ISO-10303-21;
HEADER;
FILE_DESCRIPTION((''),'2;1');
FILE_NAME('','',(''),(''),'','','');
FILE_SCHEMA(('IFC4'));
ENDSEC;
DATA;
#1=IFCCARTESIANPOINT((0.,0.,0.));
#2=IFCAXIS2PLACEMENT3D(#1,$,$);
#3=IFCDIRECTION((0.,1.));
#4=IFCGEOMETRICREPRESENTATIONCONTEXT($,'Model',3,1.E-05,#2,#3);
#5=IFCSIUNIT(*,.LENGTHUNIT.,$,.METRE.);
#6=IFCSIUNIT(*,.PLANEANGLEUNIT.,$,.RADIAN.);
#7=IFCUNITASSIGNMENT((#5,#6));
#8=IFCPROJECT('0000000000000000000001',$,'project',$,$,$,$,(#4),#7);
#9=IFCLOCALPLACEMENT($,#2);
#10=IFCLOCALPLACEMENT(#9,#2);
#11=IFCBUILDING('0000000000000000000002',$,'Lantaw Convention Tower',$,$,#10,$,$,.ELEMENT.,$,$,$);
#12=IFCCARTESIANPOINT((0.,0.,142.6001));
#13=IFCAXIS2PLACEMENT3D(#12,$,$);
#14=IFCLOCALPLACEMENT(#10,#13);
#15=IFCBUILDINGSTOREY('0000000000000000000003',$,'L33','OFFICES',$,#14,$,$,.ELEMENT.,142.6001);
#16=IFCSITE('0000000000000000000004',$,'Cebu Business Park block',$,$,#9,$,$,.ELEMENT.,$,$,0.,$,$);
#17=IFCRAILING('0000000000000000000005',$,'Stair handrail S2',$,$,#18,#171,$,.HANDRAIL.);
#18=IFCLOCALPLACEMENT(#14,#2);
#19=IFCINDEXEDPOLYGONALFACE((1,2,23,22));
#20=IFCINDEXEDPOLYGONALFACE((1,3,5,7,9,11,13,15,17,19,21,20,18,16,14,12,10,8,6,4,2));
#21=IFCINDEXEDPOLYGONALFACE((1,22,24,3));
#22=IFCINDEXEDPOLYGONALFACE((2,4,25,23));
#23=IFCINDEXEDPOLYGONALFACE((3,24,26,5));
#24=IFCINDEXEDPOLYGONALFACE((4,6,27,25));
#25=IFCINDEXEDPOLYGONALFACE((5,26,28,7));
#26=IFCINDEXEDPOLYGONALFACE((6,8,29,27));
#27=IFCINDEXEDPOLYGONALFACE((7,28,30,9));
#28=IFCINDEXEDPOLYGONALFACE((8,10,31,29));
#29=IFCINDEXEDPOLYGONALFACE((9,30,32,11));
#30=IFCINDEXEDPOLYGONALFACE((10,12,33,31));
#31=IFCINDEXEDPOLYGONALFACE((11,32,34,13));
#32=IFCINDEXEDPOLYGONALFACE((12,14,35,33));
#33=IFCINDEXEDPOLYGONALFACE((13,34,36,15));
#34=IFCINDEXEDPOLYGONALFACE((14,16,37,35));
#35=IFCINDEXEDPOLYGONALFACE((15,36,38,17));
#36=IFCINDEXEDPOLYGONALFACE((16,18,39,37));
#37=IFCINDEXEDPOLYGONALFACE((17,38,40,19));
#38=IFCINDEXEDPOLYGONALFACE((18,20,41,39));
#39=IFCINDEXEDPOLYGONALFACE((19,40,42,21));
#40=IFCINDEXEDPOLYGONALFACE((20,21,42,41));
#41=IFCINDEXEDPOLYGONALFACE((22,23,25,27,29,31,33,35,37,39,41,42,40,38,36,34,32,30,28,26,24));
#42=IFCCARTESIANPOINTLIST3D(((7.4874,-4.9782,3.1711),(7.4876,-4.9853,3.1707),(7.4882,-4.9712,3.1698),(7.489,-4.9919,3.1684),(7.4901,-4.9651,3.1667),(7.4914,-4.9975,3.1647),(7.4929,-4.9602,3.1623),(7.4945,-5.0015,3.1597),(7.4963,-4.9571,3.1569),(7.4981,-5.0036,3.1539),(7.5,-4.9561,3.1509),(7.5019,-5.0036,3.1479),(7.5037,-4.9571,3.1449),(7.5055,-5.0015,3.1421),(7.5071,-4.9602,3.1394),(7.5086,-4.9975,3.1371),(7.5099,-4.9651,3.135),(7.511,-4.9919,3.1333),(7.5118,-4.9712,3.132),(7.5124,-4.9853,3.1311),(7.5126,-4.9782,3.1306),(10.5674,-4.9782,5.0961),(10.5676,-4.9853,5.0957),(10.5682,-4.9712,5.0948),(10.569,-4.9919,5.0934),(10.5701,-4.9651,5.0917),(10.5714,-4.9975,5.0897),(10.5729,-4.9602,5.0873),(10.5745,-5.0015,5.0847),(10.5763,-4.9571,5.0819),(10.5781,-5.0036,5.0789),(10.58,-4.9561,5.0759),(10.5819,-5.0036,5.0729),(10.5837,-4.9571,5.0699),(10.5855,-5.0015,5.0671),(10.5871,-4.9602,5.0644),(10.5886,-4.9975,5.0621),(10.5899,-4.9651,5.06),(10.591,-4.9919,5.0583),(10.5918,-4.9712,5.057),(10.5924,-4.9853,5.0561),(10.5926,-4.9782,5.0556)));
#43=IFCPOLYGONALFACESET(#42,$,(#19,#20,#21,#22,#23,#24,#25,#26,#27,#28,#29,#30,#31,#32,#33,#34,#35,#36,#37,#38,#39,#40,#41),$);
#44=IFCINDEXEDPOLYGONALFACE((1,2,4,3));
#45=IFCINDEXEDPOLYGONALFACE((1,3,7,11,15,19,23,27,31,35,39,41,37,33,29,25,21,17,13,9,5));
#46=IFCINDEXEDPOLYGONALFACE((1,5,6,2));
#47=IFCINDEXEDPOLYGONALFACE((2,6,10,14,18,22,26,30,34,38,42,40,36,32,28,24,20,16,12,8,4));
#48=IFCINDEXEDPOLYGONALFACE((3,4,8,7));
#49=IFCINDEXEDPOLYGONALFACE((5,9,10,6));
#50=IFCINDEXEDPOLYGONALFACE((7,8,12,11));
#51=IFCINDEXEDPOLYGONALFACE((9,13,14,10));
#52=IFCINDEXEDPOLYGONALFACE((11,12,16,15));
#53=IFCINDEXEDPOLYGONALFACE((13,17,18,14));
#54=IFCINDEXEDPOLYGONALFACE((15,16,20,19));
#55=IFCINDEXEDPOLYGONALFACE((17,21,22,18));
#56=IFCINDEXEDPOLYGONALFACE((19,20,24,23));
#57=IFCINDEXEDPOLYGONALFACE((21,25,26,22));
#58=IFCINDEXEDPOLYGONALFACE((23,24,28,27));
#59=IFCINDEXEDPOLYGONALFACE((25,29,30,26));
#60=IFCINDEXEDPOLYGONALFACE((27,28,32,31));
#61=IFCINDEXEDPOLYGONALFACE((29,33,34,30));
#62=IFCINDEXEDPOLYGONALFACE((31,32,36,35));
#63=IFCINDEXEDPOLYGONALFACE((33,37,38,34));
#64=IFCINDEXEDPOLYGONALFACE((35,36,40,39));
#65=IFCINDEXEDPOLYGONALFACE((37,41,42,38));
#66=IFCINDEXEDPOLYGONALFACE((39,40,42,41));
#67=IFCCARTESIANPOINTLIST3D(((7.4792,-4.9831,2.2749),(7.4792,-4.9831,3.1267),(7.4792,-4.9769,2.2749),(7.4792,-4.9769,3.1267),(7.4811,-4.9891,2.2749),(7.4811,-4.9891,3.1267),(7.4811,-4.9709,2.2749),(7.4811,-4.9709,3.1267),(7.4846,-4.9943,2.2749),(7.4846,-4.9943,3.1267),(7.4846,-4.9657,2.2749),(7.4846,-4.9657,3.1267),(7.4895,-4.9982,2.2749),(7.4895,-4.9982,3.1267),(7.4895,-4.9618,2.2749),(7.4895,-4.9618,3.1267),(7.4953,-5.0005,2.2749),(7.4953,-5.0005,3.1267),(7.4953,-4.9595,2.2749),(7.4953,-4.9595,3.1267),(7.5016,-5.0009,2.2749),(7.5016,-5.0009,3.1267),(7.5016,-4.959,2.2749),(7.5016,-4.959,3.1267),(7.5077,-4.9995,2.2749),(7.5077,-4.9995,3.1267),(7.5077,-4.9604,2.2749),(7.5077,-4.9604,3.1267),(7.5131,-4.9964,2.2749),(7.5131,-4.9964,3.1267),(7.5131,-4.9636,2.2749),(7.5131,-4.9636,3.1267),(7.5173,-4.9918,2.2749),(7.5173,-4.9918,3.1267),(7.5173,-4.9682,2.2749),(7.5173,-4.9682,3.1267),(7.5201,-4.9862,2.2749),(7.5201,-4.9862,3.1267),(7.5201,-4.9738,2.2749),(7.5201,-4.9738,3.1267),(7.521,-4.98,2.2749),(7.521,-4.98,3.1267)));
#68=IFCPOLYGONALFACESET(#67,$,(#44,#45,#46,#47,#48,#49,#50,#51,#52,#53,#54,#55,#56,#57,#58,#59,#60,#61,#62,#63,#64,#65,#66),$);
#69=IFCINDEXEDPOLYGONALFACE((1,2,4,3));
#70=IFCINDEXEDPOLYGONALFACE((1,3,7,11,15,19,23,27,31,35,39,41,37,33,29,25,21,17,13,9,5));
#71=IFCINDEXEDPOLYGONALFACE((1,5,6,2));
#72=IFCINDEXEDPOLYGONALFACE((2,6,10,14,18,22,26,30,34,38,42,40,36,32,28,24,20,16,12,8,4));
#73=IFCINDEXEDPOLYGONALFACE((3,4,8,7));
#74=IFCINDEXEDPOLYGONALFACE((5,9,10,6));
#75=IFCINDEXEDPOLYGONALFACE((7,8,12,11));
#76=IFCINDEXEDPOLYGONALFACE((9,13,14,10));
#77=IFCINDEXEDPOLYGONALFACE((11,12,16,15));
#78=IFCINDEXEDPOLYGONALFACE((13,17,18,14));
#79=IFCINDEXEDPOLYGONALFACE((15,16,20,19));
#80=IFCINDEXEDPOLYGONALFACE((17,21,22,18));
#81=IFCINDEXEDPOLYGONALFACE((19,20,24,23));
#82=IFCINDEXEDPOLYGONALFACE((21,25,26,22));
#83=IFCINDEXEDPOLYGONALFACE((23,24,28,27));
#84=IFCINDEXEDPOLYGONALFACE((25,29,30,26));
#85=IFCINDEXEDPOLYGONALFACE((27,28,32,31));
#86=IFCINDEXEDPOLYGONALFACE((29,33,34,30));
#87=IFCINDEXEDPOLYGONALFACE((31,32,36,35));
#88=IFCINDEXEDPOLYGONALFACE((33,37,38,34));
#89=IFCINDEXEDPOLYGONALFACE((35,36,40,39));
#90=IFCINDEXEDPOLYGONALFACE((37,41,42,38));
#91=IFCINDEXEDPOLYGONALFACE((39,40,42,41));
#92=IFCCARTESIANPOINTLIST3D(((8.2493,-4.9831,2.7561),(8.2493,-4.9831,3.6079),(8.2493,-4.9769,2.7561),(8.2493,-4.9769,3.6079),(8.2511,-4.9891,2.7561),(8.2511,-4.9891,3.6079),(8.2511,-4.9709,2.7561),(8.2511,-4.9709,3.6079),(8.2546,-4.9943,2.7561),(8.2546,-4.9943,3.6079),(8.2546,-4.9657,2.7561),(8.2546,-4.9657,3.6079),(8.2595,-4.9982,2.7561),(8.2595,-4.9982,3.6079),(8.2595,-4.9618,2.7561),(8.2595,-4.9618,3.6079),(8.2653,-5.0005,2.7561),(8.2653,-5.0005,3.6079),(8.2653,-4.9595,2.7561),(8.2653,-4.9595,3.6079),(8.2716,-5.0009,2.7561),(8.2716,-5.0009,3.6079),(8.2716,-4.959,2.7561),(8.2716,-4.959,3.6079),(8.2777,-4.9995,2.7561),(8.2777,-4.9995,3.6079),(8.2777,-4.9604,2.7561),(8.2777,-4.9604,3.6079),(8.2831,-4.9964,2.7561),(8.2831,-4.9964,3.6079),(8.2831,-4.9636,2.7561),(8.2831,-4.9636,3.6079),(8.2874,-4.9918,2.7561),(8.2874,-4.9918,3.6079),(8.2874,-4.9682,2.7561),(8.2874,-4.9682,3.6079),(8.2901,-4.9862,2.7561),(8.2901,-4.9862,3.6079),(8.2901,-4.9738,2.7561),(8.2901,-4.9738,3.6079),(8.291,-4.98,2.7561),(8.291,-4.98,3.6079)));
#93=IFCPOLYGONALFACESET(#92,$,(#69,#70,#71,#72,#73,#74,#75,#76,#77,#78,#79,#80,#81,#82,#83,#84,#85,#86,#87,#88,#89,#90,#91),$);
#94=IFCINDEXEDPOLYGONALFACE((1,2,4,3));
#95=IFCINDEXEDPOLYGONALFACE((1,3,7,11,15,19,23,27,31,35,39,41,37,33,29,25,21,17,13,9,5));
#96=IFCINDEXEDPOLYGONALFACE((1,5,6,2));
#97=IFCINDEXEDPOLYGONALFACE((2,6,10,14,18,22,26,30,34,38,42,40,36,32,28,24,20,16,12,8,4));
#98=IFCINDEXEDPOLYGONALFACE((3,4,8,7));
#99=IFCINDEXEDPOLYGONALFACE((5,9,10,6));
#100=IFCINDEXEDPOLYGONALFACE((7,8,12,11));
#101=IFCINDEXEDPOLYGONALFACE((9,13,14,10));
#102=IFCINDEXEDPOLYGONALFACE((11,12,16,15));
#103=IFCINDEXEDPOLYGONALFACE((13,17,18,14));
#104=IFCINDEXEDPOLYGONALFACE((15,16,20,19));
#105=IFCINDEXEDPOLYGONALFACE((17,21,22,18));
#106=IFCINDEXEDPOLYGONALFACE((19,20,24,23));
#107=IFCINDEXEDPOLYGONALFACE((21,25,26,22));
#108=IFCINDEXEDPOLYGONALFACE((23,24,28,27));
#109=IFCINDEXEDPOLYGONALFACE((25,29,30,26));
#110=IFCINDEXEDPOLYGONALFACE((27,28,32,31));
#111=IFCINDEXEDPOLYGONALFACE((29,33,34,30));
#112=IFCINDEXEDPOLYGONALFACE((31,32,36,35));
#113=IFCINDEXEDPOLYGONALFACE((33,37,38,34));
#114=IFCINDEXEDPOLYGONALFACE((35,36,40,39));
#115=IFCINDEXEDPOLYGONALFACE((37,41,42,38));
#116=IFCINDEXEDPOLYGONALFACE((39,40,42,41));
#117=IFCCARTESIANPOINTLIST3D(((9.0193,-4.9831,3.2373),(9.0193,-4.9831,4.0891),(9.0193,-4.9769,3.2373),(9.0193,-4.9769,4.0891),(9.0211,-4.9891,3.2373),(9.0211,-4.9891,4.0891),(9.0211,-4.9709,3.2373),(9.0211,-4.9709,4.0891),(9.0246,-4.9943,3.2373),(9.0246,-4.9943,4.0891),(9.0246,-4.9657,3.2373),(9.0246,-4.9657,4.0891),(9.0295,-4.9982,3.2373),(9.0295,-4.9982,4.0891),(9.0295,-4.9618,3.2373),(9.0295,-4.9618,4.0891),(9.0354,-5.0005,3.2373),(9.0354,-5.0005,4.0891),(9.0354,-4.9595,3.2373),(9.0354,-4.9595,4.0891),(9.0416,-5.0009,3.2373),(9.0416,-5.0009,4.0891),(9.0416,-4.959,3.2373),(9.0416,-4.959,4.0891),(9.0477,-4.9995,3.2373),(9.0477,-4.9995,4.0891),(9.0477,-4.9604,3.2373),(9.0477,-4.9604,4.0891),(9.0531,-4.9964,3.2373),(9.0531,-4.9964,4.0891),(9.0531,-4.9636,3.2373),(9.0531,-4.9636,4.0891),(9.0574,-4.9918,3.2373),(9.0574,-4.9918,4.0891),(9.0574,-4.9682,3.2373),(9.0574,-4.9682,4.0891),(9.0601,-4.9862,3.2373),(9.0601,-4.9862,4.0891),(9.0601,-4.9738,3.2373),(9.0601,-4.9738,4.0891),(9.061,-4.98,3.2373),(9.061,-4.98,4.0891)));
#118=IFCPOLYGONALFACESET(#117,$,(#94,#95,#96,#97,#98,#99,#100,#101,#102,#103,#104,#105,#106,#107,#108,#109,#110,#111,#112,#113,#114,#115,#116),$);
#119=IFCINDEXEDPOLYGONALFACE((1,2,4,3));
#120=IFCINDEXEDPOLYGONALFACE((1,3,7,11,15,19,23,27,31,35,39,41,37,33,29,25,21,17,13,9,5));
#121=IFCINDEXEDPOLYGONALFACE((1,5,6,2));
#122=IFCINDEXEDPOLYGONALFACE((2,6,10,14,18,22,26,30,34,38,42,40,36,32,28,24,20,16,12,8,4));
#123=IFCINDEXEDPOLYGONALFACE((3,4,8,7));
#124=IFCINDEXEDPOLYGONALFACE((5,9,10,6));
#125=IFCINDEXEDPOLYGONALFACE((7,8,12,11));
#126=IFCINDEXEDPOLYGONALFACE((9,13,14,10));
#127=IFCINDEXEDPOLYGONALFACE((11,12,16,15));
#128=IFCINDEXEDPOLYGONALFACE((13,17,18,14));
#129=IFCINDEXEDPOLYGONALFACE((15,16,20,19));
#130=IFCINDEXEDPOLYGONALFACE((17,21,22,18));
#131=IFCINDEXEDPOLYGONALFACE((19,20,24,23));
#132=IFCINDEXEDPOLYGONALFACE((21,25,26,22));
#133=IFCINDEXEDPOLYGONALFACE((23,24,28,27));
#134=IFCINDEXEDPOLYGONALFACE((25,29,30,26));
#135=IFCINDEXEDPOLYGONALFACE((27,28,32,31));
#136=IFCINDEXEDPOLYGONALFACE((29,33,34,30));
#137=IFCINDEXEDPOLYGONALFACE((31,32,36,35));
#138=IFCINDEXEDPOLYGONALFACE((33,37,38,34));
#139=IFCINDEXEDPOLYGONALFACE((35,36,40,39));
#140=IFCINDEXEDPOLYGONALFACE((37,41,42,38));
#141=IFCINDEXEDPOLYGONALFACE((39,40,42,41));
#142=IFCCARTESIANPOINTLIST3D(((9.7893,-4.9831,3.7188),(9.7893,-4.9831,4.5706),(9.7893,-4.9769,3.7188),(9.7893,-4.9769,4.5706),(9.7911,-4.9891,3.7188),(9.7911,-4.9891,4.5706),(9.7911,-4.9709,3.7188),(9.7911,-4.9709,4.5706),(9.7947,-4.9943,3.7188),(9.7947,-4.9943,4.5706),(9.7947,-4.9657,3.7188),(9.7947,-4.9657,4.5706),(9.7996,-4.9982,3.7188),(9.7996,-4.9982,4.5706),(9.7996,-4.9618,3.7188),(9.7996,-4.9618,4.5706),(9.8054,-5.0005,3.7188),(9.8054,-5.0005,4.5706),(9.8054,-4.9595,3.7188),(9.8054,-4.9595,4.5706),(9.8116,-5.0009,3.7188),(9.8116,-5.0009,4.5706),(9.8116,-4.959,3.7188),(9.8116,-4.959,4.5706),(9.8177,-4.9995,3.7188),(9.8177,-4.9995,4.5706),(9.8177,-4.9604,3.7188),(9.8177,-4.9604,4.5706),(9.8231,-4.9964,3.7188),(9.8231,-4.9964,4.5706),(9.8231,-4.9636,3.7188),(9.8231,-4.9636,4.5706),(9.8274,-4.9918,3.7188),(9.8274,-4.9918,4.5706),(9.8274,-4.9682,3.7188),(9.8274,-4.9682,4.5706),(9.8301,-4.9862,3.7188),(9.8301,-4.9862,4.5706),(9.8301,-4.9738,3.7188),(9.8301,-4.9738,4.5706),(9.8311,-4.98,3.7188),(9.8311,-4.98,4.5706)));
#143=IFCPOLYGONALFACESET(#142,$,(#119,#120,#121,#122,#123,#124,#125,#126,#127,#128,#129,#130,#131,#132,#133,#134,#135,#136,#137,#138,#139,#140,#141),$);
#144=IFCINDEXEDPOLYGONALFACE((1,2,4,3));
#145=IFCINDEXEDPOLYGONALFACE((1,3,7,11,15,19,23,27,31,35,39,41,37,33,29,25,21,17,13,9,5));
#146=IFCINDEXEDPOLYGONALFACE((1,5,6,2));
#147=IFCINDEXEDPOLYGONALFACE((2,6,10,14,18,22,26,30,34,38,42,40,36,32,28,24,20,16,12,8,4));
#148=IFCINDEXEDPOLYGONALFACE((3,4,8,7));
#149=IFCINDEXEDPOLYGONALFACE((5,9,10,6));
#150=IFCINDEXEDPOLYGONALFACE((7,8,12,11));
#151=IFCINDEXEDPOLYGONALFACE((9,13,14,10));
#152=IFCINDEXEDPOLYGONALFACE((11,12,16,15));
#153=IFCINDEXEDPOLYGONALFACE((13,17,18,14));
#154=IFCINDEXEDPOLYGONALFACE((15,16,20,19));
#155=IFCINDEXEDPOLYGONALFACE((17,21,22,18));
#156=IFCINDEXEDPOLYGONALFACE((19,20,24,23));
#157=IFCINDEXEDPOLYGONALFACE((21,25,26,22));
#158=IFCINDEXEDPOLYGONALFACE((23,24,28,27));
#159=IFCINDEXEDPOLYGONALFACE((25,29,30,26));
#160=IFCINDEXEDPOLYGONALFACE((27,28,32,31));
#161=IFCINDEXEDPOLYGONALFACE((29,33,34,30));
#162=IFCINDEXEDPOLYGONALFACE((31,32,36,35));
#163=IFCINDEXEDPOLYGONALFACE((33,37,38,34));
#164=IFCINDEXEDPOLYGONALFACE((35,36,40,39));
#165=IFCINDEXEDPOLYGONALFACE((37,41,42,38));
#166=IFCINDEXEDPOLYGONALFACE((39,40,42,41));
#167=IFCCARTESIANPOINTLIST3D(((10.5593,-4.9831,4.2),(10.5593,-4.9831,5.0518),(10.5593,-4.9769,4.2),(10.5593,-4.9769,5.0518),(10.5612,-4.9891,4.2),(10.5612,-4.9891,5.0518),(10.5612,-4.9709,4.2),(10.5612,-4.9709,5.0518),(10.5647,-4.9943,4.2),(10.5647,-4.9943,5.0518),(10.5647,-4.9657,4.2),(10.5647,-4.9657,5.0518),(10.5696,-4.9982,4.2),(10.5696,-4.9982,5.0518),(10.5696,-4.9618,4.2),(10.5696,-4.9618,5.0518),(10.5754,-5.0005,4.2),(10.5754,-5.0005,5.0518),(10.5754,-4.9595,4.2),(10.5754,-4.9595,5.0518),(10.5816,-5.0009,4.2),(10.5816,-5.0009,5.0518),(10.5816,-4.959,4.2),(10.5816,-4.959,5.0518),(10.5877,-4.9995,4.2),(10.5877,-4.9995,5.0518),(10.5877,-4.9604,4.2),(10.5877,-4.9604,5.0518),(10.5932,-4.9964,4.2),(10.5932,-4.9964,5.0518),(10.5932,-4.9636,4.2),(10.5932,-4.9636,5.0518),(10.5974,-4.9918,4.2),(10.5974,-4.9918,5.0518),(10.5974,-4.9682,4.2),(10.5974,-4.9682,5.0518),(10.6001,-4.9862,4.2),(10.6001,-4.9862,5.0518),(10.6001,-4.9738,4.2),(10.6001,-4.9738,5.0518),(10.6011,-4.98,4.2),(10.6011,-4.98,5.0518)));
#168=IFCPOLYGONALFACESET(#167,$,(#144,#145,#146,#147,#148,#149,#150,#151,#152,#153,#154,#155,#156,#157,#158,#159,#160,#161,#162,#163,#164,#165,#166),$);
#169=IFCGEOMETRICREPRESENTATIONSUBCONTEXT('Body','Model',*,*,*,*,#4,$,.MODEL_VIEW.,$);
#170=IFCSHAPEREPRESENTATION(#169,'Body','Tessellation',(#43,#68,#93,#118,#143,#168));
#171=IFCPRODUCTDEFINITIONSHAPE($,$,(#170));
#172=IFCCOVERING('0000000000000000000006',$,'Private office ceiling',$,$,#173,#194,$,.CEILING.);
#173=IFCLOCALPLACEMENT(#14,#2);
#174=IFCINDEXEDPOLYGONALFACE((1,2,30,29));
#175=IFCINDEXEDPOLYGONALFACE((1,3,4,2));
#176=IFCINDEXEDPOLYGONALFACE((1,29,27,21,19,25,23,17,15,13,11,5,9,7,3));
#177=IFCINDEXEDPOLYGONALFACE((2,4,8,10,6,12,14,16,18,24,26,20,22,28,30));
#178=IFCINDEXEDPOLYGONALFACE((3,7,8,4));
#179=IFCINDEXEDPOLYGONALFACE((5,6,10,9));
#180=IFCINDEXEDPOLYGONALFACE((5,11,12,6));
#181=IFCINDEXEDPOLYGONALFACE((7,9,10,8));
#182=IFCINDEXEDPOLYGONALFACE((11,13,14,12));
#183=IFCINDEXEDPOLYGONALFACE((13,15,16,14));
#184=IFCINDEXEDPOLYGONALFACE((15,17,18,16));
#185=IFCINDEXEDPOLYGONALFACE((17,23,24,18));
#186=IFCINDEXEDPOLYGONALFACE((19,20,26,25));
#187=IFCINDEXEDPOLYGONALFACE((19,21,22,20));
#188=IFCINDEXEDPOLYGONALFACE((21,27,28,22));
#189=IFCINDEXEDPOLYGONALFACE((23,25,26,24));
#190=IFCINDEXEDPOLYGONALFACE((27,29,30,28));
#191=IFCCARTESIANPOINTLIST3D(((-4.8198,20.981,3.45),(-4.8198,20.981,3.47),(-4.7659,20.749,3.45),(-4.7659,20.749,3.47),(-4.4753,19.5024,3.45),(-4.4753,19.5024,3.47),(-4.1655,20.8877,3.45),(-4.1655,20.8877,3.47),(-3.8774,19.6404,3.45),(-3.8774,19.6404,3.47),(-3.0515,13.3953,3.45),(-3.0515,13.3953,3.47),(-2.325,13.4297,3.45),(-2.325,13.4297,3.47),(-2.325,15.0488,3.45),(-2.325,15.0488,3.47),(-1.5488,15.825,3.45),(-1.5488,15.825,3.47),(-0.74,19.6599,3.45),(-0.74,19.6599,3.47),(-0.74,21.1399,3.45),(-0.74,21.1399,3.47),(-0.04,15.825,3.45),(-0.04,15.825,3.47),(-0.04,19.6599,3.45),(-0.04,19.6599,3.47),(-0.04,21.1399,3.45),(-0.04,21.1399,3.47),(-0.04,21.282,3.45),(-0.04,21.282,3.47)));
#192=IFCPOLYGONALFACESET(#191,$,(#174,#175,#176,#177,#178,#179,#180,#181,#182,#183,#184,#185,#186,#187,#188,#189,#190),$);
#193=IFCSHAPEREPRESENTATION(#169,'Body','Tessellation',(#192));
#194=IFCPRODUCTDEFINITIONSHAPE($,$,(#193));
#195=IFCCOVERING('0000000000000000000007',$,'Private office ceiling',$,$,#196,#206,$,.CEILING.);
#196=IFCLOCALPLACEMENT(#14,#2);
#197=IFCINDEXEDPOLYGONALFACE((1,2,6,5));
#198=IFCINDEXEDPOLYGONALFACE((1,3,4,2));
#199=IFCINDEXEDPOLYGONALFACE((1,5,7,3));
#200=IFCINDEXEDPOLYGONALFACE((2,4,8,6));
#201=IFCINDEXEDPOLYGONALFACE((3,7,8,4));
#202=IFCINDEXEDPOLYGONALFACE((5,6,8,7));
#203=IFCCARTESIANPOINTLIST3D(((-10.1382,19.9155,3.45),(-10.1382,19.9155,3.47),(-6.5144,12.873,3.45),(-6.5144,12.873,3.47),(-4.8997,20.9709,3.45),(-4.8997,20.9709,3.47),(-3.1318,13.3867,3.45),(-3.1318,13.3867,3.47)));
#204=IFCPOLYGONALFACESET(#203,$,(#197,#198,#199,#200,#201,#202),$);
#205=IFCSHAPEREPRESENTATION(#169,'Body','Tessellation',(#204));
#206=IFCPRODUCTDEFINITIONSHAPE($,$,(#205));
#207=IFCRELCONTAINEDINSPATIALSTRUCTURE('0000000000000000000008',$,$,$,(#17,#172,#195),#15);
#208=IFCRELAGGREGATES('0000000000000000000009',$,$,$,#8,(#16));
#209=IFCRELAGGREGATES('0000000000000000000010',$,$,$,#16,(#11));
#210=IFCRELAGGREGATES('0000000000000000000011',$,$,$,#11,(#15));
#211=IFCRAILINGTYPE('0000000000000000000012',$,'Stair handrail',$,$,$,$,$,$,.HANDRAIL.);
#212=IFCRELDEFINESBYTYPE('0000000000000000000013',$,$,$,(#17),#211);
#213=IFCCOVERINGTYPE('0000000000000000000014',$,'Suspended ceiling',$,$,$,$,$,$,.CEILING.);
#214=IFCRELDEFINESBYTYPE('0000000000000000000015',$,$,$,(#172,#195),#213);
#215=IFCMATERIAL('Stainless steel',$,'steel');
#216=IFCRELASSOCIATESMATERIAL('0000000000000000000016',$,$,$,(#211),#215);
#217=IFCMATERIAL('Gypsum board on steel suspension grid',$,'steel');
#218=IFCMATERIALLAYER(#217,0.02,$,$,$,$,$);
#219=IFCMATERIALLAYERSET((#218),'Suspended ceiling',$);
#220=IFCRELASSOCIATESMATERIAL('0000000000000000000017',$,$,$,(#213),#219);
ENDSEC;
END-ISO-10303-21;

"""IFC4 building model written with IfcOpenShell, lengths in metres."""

from ifc_helpers import new_model, si_unit, direction, frame, origin, origin_2d, place, context, subcontext, project, spatial, polyline, circle, outline, extrude, material, layer, layer_set, type_object, element, save


model = new_model("IFC4")

# Units and contexts
model_context = context("Model", 3, precision=1e-05, world=origin(), true_north=direction((0.0, 1.0)))
body_context = subcontext(model_context, "Body", "Model", "MODEL_VIEW")
ifc_project = project(units=[si_unit("LENGTHUNIT", "METRE"), si_unit("PLANEANGLEUNIT", "RADIAN")], contexts=[model_context])

# Site, building, storey
site_placement = place(None, origin())
site = spatial("IfcSite", under=ifc_project, at=site_placement, Name="Cebu Business Park block", CompositionType="ELEMENT", RefElevation=0.0)
building_placement = place(site_placement, origin())
building = spatial("IfcBuilding", under=site, at=building_placement, Name="Lantaw Convention Tower", CompositionType="ELEMENT")
storey_placement = place(building_placement, frame((0.0, 0.0, 142.6001)))
storey = spatial("IfcBuildingStorey", under=building, at=storey_placement, Name="L33", Description="OFFICES", CompositionType="ELEMENT", Elevation=142.6001)

# Railing
ifc_material_1 = material(Name="Stainless steel", Category="steel")
railing_type = type_object("IfcRailingType", Name="Stair handrail", PredefinedType="HANDRAIL", material=ifc_material_1)
railing_1_placement = place(storey_placement, frame((7.5, -4.98, 2.2749)))
element("IfcRailing", 1, at=railing_1_placement, inside=storey, type_object=railing_type, Name="Stair handrail S2", PredefinedType="HANDRAIL", context=body_context, shape_type="SweptSolid", body=[
    extrude(circle(Radius=0.0239, at=origin_2d()), frame((0.0, 0.0, 0.876), z_axis=(0.847998, 0.0, 0.529999), x_axis=(0.0, 1.0, 0.0)), (0.0, 0.0, 1.0), 3.6321),
    extrude(circle(Radius=0.021, at=origin_2d()), origin(), (0.0, 0.0, 1.0), 0.8518),
    extrude(circle(Radius=0.021, at=origin_2d()), frame((0.77, 0.0, 0.4812)), (0.0, 0.0, 1.0), 0.8518),
    extrude(circle(Radius=0.021, at=origin_2d()), frame((1.54, 0.0, 0.9624)), (0.0, 0.0, 1.0), 0.8518),
    extrude(circle(Radius=0.021, at=origin_2d()), frame((2.3101, 0.0, 1.4438)), (0.0, 0.0, 1.0), 0.8518),
    extrude(circle(Radius=0.021, at=origin_2d()), frame((3.0801, 0.0, 1.925)), (0.0, 0.0, 1.0), 0.8518),
])

# Coverings
ifc_material_2 = material(Name="Gypsum board on steel suspension grid", Category="steel")
ifc_layer_1 = layer(ifc_material_2, 0.02)
ifc_layer_set_1 = layer_set([ifc_layer_1], Name="Suspended ceiling")
covering_type = type_object("IfcCoveringType", Name="Suspended ceiling", PredefinedType="CEILING", material=ifc_layer_set_1)
covering_1_placement = place(storey_placement, frame((0.0, 0.0, 3.45)))
element("IfcCovering", 2, at=covering_1_placement, inside=storey, type_object=covering_type, Name="Private office ceiling", PredefinedType="CEILING", context=body_context, shape_type="SweptSolid", body=[
    extrude(outline(polyline([(-4.4753, 19.5024), (-3.0515, 13.3953), (-2.325, 13.4297), (-2.325, 15.0488), (-1.5488, 15.825), (-0.04, 15.825), (-0.04, 19.6599), (-0.74, 19.6599), (-0.74, 21.1399), (-0.04, 21.1399), (-0.04, 21.282), (-4.8198, 20.981), (-4.7659, 20.749), (-4.1655, 20.8877), (-3.8774, 19.6404), (-4.4753, 19.5024)])), origin(), (0.0, 0.0, 1.0), 0.02),
])
covering_2_placement = place(storey_placement, frame((0.0, 0.0, 3.45)))
element("IfcCovering", 3, at=covering_2_placement, inside=storey, type_object=covering_type, Name="Private office ceiling", PredefinedType="CEILING", context=body_context, shape_type="SweptSolid", body=[
    extrude(outline(polyline([(-3.1318, 13.3867), (-4.8997, 20.9709), (-10.1382, 19.9155), (-6.5144, 12.873), (-3.1318, 13.3867)])), origin(), (0.0, 0.0, 1.0), 0.02),
])

save(model, "model.ifc")
